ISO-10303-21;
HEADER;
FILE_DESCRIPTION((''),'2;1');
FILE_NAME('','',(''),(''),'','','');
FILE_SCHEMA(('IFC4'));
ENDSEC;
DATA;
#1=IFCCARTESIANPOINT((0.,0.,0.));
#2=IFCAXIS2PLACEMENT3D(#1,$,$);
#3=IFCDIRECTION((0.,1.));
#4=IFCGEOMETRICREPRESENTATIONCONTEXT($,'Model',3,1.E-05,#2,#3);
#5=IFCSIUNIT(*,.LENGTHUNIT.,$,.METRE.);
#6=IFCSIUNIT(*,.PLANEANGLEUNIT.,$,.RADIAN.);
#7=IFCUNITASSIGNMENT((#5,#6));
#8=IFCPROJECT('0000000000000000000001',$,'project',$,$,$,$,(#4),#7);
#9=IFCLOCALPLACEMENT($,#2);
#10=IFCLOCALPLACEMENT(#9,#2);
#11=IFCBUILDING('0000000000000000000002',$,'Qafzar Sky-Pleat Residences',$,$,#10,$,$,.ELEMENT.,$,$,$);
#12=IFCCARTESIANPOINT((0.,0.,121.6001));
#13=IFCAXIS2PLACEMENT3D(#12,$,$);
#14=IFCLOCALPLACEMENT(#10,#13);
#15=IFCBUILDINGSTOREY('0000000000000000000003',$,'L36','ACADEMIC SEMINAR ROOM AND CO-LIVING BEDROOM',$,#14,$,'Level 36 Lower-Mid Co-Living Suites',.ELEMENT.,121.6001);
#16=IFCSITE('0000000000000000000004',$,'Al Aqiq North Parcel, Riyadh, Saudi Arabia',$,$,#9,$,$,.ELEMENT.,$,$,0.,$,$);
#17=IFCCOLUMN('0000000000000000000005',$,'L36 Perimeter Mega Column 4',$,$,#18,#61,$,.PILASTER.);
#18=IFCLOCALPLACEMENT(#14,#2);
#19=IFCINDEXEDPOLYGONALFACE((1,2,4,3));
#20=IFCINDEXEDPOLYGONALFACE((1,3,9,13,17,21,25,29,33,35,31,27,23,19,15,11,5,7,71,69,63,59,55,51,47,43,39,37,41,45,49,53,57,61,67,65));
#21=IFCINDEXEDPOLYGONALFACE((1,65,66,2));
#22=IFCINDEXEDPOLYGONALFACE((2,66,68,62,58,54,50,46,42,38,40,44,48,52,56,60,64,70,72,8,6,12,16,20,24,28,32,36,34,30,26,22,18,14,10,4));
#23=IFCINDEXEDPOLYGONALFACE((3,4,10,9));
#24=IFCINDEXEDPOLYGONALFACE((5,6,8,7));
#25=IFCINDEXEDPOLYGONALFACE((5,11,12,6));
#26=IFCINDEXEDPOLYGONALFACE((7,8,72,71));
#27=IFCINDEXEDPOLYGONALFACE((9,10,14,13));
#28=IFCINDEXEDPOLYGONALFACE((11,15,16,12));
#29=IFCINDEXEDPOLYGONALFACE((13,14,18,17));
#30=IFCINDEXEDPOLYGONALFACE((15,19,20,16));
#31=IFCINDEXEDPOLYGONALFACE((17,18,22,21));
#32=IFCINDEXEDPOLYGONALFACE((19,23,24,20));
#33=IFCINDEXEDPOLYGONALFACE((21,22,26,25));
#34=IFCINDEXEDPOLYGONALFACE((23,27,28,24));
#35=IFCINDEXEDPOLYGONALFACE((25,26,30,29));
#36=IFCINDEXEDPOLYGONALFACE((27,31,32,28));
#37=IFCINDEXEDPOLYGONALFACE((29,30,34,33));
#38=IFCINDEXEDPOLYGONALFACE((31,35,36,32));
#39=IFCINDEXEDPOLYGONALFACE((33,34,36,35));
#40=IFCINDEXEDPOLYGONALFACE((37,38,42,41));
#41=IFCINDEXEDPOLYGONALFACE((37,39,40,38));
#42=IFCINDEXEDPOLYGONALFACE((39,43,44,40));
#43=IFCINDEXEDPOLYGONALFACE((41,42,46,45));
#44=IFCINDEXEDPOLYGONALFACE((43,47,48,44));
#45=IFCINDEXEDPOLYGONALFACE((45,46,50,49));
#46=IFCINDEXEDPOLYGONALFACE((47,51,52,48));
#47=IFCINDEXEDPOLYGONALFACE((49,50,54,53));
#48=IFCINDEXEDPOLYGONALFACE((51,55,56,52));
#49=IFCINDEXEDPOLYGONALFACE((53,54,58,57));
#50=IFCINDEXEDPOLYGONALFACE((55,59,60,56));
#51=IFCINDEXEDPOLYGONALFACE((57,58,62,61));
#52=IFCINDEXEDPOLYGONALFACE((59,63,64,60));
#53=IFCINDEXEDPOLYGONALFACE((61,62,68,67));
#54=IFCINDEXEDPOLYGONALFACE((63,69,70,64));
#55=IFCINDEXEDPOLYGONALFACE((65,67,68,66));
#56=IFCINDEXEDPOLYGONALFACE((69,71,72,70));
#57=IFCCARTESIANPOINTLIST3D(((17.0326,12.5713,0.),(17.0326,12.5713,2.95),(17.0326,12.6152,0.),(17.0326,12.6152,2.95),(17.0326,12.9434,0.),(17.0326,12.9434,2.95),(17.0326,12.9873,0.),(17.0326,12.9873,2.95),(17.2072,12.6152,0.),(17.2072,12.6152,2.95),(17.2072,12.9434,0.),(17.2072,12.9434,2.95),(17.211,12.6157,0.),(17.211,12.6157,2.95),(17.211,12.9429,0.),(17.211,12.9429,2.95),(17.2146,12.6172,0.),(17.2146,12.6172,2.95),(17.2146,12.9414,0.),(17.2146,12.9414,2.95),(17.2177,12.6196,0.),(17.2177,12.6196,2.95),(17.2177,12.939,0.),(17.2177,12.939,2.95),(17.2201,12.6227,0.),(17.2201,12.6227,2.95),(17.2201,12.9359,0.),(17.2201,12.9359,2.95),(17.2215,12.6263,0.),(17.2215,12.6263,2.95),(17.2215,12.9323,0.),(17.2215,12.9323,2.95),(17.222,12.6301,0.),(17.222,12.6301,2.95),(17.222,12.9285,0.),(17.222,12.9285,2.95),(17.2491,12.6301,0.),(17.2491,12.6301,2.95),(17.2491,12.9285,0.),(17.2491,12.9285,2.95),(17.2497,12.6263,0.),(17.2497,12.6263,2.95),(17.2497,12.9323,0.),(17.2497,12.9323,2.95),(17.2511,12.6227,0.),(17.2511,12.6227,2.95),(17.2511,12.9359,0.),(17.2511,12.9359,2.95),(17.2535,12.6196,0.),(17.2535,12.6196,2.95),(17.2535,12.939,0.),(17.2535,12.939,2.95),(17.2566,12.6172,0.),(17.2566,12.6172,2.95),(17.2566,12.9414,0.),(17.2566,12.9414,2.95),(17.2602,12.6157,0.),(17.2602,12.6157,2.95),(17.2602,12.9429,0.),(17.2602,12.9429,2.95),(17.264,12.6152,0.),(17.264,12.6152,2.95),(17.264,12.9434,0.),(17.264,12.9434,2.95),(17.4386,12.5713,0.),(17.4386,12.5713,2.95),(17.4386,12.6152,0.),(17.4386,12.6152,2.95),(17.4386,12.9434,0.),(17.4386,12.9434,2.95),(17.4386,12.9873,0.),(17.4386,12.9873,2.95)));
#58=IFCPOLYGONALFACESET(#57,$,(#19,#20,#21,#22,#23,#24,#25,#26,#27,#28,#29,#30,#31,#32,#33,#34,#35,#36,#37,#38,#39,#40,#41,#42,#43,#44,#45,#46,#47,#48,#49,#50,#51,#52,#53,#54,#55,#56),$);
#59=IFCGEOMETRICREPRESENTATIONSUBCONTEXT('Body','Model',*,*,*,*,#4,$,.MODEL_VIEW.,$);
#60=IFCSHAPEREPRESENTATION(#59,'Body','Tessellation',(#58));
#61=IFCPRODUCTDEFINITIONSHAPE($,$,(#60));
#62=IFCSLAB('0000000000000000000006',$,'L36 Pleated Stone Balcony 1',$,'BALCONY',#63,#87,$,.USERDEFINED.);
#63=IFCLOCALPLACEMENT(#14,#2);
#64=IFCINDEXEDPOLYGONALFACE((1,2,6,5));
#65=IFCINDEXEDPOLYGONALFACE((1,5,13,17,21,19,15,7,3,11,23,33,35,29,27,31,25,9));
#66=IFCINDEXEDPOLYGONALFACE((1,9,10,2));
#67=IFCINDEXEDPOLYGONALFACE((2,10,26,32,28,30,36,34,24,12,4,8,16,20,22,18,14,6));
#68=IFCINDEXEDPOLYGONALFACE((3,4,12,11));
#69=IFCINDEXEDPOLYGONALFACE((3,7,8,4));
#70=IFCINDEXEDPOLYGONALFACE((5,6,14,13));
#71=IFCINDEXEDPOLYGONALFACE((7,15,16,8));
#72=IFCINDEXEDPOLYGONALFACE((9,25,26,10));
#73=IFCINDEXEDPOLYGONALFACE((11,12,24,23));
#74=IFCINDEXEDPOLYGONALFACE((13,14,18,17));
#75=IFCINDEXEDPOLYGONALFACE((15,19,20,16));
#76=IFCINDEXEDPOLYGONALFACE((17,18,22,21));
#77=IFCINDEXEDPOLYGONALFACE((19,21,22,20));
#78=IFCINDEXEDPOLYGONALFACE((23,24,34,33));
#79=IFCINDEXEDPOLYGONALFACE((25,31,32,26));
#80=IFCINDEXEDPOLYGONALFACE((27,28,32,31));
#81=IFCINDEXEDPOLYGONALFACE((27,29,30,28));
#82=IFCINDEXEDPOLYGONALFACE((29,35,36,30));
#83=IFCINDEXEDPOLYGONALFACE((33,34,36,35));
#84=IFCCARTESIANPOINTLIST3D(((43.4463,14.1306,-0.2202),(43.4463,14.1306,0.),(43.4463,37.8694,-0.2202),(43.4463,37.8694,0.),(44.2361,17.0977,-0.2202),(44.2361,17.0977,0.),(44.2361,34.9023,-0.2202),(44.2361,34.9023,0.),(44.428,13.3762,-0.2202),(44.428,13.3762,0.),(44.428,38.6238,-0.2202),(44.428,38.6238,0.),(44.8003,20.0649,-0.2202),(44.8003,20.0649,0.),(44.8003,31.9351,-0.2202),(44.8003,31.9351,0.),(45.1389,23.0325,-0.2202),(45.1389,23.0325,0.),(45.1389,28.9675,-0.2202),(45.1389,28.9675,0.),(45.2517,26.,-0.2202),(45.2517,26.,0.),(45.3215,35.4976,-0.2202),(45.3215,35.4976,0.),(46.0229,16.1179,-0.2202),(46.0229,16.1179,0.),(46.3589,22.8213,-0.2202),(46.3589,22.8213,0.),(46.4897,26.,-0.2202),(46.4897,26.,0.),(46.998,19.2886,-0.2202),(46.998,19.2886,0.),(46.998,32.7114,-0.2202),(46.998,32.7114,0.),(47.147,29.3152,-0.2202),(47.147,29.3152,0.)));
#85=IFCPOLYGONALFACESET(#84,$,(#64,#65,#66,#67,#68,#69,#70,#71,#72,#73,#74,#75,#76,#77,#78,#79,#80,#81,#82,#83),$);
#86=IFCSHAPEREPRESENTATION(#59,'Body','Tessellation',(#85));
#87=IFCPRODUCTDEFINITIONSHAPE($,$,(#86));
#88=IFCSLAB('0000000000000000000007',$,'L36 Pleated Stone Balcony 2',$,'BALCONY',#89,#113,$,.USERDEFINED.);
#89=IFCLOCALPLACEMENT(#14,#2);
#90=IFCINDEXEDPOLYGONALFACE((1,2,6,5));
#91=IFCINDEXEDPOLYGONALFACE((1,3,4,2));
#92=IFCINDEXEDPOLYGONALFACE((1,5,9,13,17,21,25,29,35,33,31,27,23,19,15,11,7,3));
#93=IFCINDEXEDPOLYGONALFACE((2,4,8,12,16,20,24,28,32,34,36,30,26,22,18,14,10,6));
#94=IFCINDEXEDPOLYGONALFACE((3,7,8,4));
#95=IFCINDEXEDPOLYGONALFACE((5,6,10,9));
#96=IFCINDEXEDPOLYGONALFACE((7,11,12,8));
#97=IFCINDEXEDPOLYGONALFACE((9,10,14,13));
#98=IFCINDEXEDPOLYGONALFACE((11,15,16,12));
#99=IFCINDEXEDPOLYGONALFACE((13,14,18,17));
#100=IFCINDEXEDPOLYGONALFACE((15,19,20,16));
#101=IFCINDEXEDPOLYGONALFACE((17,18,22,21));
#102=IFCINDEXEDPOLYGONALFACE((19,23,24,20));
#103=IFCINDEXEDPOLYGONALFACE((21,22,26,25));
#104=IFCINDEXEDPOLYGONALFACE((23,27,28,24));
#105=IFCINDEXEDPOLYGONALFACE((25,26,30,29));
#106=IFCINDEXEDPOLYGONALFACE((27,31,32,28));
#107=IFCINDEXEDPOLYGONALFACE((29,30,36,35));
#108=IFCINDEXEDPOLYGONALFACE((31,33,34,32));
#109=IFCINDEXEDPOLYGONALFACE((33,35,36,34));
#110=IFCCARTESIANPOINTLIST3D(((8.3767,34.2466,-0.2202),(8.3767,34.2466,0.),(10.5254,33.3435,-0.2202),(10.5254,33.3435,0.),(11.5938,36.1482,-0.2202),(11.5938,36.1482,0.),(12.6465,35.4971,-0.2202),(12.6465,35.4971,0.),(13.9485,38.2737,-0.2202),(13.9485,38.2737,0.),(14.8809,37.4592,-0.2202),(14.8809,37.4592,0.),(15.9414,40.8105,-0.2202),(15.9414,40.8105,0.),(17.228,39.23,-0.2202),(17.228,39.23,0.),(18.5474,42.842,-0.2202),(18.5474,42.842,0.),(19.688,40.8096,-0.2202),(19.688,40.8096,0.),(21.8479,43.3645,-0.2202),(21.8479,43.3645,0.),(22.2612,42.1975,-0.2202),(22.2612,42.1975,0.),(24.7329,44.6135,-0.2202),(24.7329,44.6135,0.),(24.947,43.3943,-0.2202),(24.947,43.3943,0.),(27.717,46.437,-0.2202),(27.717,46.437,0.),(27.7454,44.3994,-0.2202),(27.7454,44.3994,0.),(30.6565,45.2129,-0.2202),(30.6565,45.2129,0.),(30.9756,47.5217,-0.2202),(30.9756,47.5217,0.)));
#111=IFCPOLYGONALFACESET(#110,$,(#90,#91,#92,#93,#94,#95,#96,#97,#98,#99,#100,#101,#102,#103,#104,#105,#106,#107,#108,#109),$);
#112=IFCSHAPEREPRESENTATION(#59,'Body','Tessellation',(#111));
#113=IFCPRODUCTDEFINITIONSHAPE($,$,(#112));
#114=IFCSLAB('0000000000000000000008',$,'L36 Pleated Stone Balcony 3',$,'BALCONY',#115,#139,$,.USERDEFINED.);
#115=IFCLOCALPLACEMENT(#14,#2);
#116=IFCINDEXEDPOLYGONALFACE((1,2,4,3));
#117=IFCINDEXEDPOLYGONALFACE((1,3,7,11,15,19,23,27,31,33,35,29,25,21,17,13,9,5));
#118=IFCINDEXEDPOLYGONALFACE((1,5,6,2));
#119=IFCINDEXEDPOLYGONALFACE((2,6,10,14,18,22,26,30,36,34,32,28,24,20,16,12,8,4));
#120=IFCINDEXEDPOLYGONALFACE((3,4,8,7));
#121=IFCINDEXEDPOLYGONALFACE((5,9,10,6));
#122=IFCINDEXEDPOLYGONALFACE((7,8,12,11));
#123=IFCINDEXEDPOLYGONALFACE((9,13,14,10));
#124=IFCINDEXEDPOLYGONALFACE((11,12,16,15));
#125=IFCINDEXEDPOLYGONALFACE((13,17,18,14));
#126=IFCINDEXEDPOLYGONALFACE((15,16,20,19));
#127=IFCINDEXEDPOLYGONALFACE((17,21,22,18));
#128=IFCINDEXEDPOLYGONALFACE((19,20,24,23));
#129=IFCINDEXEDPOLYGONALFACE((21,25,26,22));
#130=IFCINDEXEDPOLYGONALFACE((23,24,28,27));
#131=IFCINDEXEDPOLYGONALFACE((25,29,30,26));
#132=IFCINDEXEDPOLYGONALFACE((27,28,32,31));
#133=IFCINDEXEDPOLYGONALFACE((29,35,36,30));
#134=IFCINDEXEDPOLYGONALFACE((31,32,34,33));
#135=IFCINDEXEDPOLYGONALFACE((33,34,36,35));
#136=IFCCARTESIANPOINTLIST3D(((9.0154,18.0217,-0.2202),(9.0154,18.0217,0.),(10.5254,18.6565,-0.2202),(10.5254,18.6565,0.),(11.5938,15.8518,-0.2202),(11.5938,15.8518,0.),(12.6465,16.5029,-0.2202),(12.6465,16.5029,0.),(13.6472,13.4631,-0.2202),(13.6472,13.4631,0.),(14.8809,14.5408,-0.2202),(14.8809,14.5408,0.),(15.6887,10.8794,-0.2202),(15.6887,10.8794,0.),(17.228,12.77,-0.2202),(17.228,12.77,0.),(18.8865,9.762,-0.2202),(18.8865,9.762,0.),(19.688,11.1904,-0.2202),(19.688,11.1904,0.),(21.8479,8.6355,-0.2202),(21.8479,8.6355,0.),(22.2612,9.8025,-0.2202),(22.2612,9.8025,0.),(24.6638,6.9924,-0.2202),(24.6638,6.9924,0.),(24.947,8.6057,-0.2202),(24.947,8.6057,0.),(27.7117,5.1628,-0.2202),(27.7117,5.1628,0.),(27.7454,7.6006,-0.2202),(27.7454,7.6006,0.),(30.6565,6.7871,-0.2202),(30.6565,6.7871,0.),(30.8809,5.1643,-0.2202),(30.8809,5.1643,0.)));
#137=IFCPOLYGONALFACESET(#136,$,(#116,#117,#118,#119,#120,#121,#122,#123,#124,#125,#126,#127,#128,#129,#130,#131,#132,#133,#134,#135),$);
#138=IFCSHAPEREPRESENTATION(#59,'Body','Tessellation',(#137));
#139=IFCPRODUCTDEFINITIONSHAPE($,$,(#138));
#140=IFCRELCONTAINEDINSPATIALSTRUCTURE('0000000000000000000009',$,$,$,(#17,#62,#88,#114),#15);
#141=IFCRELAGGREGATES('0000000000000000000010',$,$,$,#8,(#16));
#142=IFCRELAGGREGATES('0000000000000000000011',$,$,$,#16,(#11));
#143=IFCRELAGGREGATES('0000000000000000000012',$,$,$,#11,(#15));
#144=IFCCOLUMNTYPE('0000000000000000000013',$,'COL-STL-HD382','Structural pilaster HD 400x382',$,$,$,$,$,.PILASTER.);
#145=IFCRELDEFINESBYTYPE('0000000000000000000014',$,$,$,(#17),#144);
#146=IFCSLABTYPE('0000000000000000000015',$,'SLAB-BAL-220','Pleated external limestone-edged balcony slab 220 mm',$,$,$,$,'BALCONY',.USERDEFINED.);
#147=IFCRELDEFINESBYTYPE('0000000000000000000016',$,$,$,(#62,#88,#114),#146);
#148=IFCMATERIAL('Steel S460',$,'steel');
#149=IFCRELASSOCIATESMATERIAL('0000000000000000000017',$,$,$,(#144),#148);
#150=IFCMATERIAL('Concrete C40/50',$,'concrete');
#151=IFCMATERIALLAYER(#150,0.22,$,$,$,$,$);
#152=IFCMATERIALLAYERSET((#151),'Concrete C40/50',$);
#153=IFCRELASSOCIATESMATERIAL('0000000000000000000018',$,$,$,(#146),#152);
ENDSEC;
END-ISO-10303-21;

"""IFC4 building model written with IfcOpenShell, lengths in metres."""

from ifc_helpers import new_model, si_unit, direction, frame, origin, origin_2d, place, context, subcontext, project, spatial, polyline, i_section, outline, extrude, source, transform, mapped, material, layer, layer_set, material_profile, profile_set, type_object, element, save


model = new_model("IFC4")

# Units and contexts
model_context = context("Model", 3, precision=1e-05, world=origin(), true_north=direction((0.0, 1.0)))
body_context = subcontext(model_context, "Body", "Model", "MODEL_VIEW")
ifc_project = project(units=[si_unit("LENGTHUNIT", "METRE"), si_unit("PLANEANGLEUNIT", "RADIAN")], contexts=[model_context])

# Site, building, storey
site_placement = place(None, origin())
site = spatial("IfcSite", under=ifc_project, at=site_placement, Name="Al Aqiq North Parcel, Riyadh, Saudi Arabia", CompositionType="ELEMENT", RefElevation=0.0)
building_placement = place(site_placement, origin())
building = spatial("IfcBuilding", under=site, at=building_placement, Name="Qafzar Sky-Pleat Residences", CompositionType="ELEMENT")
storey_placement = place(building_placement, frame((0.0, 0.0, 121.6001)))
storey = spatial("IfcBuildingStorey", under=building, at=storey_placement, Name="L36", Description="ACADEMIC SEMINAR ROOM AND CO-LIVING BEDROOM", LongName="Level 36 Lower-Mid Co-Living Suites", CompositionType="ELEMENT", Elevation=121.6001)

# Column
ifc_material_1 = material(Name="Steel S460", Category="steel")
ifc_material_profile = material_profile(ifc_material_1, i_section(OverallWidth=0.406, OverallDepth=0.416, WebThickness=0.0271, FlangeThickness=0.0439, FilletRadius=0.0149, at=origin_2d()), Name="HD 400x382")
ifc_profile_set = profile_set([ifc_material_profile], Name="Steel S460")
column_type = type_object("IfcColumnType", Name="COL-STL-HD382", Description="Structural pilaster HD 400x382", PredefinedType="PILASTER", material=ifc_profile_set)
shared_shape_1 = source(origin(), body_context, "Body", "SweptSolid", [
    extrude(i_section(OverallWidth=0.406, OverallDepth=0.416, WebThickness=0.0271, FlangeThickness=0.0439, FilletRadius=0.0149, at=origin_2d()), origin(), (0.0, 0.0, 1.0), 2.95),
])
column_placement = place(storey_placement, frame((17.2356, 12.7793, 0.0), z_axis=(0.0, 0.0, 1.0), x_axis=(1.0, 0.0, 0.0)))
element("IfcColumn", 1, at=column_placement, inside=storey, type_object=column_type, Name="L36 Perimeter Mega Column 4", PredefinedType="PILASTER", context=body_context, shape_type="MappedRepresentation", body=[
    mapped(shared_shape_1, transform((0.0, 0.0, 0.0), x_axis=(1.0, 0.0, 0.0), y_axis=(0.0, 1.0, 0.0), z_axis=(0.0, 0.0, 1.0), scale=1.0)),
])

# Slabs
ifc_material_2 = material(Name="Concrete C40/50", Category="concrete")
ifc_layer_1 = layer(ifc_material_2, 0.22)
ifc_layer_set_1 = layer_set([ifc_layer_1], Name="Concrete C40/50")
slab_type_1 = type_object("IfcSlabType", Name="SLAB-BAL-220", Description="Pleated external limestone-edged balcony slab 220 mm", ElementType="BALCONY", PredefinedType="USERDEFINED", material=ifc_layer_set_1)
slab_1_placement = place(storey_placement, frame((0.0, 0.0, -0.2202)))
element("IfcSlab", 2, at=slab_1_placement, inside=storey, type_object=slab_type_1, Name="L36 Pleated Stone Balcony 1", ObjectType="BALCONY", PredefinedType="USERDEFINED", context=body_context, shape_type="SweptSolid", body=[
    extrude(outline(polyline([(44.2361, 17.0977), (44.8003, 20.0649), (45.1389, 23.0325), (45.2517, 26.0), (45.1389, 28.9675), (44.8003, 31.9351), (44.2361, 34.9023), (43.4463, 37.8694), (44.428, 38.6238), (45.3215, 35.4976), (46.998, 32.7114), (47.147, 29.3152), (46.4897, 26.0), (46.3589, 22.8213), (46.998, 19.2886), (46.0229, 16.1179), (44.428, 13.3762), (43.4463, 14.1306), (44.2361, 17.0977)])), origin(), (0.0, 0.0, 1.0), 0.2202),
])
slab_2_placement = place(storey_placement, frame((0.0, 0.0, -0.2202)))
element("IfcSlab", 3, at=slab_2_placement, inside=storey, type_object=slab_type_1, Name="L36 Pleated Stone Balcony 2", ObjectType="BALCONY", PredefinedType="USERDEFINED", context=body_context, shape_type="SweptSolid", body=[
    extrude(outline(polyline([(27.7454, 44.3994), (24.947, 43.3943), (22.2612, 42.1975), (19.688, 40.8096), (17.228, 39.23), (14.8809, 37.4592), (12.6465, 35.4971), (10.5254, 33.3435), (8.3767, 34.2466), (11.5938, 36.1482), (13.9485, 38.2737), (15.9414, 40.8105), (18.5474, 42.842), (21.8479, 43.3645), (24.7329, 44.6135), (27.717, 46.437), (30.9756, 47.5217), (30.6565, 45.2129), (27.7454, 44.3994)])), origin(), (0.0, 0.0, 1.0), 0.2202),
])
slab_3_placement = place(storey_placement, frame((0.0, 0.0, -0.2202)))
element("IfcSlab", 4, at=slab_3_placement, inside=storey, type_object=slab_type_1, Name="L36 Pleated Stone Balcony 3", ObjectType="BALCONY", PredefinedType="USERDEFINED", context=body_context, shape_type="SweptSolid", body=[
    extrude(outline(polyline([(12.6465, 16.5029), (14.8809, 14.5408), (17.228, 12.77), (19.688, 11.1904), (22.2612, 9.8025), (24.947, 8.6057), (27.7454, 7.6006), (30.6565, 6.7871), (30.8809, 5.1643), (27.7117, 5.1628), (24.6638, 6.9924), (21.8479, 8.6355), (18.8865, 9.762), (15.6887, 10.8794), (13.6472, 13.4631), (11.5938, 15.8518), (9.0154, 18.0217), (10.5254, 18.6565), (12.6465, 16.5029)])), origin(), (0.0, 0.0, 1.0), 0.2202),
])

save(model, "model.ifc")
